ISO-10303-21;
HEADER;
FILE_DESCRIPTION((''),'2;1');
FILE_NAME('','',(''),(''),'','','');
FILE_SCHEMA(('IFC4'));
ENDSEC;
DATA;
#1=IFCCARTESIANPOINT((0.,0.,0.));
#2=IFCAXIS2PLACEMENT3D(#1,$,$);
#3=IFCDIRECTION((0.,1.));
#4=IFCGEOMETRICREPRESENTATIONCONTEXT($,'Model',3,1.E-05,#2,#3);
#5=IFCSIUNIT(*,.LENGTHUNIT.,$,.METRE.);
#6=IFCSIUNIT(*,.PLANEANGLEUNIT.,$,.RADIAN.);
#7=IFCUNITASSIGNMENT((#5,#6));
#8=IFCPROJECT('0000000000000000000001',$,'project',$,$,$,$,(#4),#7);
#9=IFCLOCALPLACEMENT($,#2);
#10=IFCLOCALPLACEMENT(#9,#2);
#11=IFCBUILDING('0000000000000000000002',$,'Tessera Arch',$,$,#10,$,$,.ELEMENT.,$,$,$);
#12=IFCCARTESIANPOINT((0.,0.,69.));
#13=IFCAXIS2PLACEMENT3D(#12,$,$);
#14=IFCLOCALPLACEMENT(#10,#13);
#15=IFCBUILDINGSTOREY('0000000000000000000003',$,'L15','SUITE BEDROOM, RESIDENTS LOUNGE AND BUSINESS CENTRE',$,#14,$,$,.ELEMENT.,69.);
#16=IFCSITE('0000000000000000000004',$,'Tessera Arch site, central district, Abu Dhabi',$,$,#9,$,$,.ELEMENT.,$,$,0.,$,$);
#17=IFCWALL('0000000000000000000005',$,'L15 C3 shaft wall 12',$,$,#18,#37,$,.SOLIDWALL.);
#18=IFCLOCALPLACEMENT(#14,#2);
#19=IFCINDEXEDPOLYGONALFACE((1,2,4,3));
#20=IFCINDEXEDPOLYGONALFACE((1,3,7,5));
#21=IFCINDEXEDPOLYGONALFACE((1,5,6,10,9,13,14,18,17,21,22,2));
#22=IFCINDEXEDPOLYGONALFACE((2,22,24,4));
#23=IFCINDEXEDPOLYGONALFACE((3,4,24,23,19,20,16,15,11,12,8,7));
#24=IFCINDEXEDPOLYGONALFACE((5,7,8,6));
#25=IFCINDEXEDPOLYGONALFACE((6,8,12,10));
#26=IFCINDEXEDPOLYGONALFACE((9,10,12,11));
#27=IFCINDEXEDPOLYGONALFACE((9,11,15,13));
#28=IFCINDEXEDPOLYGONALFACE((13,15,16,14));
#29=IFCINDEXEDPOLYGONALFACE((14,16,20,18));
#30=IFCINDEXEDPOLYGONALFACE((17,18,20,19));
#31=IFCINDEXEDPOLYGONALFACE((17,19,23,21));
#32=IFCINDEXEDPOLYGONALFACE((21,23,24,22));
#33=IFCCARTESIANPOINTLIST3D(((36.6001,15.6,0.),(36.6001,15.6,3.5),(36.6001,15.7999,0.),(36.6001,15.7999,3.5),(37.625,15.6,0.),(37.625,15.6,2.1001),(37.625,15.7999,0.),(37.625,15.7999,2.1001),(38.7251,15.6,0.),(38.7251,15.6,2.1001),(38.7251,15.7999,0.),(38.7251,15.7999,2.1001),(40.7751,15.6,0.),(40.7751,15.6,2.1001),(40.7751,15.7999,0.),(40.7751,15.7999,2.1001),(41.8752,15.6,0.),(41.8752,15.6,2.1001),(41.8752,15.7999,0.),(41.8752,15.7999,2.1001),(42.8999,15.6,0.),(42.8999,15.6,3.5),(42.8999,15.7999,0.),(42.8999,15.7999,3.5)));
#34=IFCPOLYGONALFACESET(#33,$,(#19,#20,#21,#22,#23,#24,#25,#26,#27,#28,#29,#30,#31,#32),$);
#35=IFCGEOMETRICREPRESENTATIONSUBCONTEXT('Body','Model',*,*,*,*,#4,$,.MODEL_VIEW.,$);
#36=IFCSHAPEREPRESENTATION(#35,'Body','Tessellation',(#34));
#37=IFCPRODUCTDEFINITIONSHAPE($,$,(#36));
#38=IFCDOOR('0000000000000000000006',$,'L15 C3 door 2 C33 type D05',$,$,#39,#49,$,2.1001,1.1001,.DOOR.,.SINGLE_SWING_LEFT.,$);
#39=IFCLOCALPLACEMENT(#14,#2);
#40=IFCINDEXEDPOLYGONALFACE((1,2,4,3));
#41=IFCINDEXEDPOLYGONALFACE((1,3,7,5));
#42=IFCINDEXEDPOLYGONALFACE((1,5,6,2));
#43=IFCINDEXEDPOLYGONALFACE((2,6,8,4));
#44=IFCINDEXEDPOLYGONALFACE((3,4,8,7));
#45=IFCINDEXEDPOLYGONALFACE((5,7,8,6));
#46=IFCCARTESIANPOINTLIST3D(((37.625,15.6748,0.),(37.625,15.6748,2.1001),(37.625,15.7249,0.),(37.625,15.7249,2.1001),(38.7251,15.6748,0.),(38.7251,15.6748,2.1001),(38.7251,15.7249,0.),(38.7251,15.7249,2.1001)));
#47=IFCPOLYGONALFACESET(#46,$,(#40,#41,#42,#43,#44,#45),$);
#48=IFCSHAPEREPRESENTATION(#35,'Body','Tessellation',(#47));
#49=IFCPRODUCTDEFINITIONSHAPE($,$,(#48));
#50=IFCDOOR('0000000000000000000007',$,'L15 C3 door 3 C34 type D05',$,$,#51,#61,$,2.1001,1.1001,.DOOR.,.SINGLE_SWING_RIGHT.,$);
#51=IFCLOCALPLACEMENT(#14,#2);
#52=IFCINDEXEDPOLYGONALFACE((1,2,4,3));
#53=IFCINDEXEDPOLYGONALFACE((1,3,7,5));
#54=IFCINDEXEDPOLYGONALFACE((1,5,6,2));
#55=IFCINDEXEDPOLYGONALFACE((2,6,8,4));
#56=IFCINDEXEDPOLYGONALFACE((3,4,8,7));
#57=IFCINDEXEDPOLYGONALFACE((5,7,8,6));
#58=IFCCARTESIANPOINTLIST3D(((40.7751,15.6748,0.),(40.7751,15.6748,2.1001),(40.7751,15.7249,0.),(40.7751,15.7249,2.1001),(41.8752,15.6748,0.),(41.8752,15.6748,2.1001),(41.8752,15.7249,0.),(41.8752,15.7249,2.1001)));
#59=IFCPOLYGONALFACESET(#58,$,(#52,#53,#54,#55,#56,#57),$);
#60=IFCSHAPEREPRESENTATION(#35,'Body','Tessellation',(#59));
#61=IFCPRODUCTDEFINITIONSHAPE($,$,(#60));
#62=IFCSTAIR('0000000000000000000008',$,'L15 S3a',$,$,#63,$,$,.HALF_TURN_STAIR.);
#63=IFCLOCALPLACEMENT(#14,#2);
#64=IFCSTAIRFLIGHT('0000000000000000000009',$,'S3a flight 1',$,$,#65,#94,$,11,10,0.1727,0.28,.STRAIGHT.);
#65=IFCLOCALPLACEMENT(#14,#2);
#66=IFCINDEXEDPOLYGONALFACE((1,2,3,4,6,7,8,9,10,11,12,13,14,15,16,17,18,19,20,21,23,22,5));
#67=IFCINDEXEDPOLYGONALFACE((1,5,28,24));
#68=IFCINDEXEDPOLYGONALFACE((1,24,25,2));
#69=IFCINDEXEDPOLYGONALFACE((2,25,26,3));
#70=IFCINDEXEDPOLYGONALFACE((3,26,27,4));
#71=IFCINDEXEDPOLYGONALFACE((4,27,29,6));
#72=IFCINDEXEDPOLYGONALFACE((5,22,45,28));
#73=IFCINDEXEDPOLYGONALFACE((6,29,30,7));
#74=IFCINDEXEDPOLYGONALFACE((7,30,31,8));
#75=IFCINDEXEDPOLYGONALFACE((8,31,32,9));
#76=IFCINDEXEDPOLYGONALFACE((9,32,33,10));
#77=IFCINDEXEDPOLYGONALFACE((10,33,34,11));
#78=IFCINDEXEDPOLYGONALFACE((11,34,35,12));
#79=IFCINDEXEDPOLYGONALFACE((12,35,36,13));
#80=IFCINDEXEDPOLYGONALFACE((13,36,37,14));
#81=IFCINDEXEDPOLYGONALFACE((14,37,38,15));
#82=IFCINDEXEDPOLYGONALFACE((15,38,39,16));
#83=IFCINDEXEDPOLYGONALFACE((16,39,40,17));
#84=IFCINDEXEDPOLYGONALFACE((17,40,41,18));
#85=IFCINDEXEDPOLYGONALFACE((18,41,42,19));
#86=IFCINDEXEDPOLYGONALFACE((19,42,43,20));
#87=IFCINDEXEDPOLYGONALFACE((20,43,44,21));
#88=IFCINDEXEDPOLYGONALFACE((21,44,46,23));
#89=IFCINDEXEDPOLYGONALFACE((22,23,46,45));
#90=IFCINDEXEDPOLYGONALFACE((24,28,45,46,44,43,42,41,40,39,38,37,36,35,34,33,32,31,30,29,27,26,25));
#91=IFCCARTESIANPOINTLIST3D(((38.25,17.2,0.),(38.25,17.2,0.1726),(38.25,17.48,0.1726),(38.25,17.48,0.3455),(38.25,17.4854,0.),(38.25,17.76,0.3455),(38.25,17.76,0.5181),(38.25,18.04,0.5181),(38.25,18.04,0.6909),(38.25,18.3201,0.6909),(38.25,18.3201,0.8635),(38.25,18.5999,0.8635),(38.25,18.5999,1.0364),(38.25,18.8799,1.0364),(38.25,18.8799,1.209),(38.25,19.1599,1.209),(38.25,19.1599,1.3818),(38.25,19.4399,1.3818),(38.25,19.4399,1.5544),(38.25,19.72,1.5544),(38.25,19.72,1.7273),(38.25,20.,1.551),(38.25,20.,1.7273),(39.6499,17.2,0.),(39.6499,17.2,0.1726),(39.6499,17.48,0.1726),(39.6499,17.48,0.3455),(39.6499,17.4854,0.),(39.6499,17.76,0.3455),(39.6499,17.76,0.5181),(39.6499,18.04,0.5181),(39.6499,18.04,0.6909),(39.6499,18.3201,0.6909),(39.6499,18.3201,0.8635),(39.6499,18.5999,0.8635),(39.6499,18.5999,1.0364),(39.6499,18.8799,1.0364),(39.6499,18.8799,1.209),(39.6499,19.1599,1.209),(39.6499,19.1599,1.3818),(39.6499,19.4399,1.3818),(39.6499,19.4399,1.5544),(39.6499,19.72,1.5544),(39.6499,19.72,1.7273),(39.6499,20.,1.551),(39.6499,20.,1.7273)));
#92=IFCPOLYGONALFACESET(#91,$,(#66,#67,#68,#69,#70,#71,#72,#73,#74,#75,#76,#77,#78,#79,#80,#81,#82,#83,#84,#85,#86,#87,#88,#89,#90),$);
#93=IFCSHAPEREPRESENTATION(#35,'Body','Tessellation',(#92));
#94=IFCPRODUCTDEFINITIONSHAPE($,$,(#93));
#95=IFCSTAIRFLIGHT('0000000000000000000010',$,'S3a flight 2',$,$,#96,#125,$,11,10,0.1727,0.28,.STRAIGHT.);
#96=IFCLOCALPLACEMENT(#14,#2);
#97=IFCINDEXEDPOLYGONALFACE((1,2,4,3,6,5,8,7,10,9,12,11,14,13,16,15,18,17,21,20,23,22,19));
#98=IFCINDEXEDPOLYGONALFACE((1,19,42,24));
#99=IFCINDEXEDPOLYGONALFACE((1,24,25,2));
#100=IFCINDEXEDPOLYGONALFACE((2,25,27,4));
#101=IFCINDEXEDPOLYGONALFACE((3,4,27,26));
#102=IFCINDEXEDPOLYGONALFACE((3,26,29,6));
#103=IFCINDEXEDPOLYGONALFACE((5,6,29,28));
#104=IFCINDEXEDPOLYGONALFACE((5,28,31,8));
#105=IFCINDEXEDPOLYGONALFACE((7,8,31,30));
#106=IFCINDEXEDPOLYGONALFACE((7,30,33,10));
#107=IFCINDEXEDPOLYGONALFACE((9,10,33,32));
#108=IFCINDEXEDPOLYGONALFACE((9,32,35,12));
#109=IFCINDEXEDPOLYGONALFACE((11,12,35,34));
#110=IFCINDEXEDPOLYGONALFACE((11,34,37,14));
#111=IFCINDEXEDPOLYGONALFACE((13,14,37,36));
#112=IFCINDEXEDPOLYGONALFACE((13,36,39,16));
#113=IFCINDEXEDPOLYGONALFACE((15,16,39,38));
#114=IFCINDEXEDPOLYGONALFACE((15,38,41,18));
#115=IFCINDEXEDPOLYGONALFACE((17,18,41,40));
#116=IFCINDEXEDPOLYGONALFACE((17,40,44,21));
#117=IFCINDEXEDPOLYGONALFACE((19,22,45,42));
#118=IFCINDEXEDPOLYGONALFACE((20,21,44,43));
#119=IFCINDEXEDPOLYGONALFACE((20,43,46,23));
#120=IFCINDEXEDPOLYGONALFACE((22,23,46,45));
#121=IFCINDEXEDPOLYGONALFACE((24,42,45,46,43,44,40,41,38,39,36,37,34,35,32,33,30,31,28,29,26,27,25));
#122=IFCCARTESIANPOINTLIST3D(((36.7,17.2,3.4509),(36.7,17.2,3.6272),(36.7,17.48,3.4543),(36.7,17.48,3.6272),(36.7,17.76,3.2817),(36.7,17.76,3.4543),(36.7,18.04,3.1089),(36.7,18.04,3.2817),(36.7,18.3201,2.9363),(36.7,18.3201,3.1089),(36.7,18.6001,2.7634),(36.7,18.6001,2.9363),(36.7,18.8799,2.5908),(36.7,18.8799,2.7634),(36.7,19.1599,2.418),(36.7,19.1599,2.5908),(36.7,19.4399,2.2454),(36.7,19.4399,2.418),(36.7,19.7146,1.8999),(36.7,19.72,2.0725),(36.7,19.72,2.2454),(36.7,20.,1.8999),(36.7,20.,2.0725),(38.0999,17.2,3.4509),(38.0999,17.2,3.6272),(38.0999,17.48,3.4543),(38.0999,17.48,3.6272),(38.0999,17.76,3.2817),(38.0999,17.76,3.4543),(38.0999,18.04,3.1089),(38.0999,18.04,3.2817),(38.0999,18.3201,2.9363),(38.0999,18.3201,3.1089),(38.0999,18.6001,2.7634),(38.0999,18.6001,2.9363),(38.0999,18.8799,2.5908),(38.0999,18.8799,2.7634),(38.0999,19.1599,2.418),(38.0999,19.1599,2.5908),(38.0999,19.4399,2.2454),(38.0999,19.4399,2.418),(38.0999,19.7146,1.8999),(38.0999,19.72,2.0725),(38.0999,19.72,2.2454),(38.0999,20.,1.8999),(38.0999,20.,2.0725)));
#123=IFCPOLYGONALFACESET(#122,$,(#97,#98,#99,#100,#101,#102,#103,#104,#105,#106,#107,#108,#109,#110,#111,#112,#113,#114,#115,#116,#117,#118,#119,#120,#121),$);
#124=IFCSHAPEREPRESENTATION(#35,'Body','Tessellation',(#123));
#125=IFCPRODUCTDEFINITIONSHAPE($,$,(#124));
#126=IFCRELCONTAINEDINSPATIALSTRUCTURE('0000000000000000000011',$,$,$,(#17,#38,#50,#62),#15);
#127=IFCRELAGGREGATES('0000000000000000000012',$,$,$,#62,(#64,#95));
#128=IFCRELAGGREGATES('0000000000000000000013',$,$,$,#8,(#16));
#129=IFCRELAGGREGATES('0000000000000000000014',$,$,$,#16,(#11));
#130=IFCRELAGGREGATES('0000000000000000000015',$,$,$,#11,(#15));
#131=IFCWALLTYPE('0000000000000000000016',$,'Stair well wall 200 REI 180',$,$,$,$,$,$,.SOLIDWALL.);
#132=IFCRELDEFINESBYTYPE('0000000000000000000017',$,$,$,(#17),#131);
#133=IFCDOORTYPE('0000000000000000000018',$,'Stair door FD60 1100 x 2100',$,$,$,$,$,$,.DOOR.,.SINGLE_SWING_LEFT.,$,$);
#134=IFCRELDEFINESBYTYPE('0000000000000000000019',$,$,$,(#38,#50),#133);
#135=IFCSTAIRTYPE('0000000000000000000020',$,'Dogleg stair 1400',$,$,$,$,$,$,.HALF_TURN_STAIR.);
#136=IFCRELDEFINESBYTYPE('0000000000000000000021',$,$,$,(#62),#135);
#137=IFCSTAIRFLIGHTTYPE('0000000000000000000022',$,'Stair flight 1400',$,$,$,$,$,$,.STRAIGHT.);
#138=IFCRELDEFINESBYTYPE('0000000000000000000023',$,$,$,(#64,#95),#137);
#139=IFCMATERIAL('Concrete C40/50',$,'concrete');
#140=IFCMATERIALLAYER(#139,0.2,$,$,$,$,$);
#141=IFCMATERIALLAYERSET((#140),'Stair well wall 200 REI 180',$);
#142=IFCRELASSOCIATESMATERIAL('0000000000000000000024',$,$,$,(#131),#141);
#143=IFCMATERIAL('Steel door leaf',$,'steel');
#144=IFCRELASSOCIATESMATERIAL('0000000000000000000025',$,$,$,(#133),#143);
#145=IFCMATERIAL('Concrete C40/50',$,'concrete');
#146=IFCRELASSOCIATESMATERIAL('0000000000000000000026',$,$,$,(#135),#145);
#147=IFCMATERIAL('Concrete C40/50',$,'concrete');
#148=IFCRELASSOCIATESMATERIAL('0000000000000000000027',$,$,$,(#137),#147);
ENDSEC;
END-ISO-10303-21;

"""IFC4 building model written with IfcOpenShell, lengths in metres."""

from ifc_helpers import new_model, si_unit, direction, frame, frame_2d, origin, place, context, subcontext, project, spatial, polyline, rectangle, outline, extrude, material, layer, layer_set, type_object, element, fill, aggregate, save


model = new_model("IFC4")

# Units and contexts
model_context = context("Model", 3, precision=1e-05, world=origin(), true_north=direction((0.0, 1.0)))
body_context = subcontext(model_context, "Body", "Model", "MODEL_VIEW")
ifc_project = project(units=[si_unit("LENGTHUNIT", "METRE"), si_unit("PLANEANGLEUNIT", "RADIAN")], contexts=[model_context])

# Site, building, storey
site_placement = place(None, origin())
site = spatial("IfcSite", under=ifc_project, at=site_placement, Name="Tessera Arch site, central district, Abu Dhabi", CompositionType="ELEMENT", RefElevation=0.0)
building_placement = place(site_placement, origin())
building = spatial("IfcBuilding", under=site, at=building_placement, Name="Tessera Arch", CompositionType="ELEMENT")
storey_placement = place(building_placement, frame((0.0, 0.0, 69.0)))
storey = spatial("IfcBuildingStorey", under=building, at=storey_placement, Name="L15", Description="SUITE BEDROOM, RESIDENTS LOUNGE AND BUSINESS CENTRE", CompositionType="ELEMENT", Elevation=69.0)

# Shared definitions
ifc_material_1 = material(Name="Concrete C40/50", Category="concrete")
ifc_layer_1 = layer(ifc_material_1, 0.2)
ifc_layer_set_1 = layer_set([ifc_layer_1], Name="Stair well wall 200 REI 180")
wall_type_1 = type_object("IfcWallType", Name="Stair well wall 200 REI 180", PredefinedType="SOLIDWALL", material=ifc_layer_set_1)

# Wall, openings, doors
wall_1_placement = place(storey_placement, frame((36.6001, 15.7, 0.0), z_axis=(0.0, 0.0, 1.0), x_axis=(1.0, 0.0, 0.0)))
wall_1 = element("IfcWall", 1, at=wall_1_placement, inside=storey, type_object=wall_type_1, Name="L15 C3 shaft wall 12", PredefinedType="SOLIDWALL", context=body_context, shape_type="SweptSolid", body=[
    extrude(rectangle(XDim=6.2998, YDim=0.2, at=frame_2d((3.1499, 0.0))), origin(), (0.0, 0.0, 1.0), 3.5),
])
opening_1_placement = place(wall_1_placement, frame((1.0249, 0.0, 0.0)))
opening_1 = element("IfcOpeningElement", 2, at=opening_1_placement, cuts=wall_1, PredefinedType="OPENING", context=body_context, shape_type="SweptSolid", body=[
    extrude(rectangle(XDim=1.1001, YDim=2.1001, at=frame_2d((0.55, 1.05))), frame((0.0, 0.1099, 0.0), z_axis=(0.0, -1.0, 0.0), x_axis=(1.0, 0.0, 0.0)), (0.0, 0.0, 1.0), 0.22),
])
opening_2_placement = place(wall_1_placement, frame((4.175, 0.0, 0.0)))
opening_2 = element("IfcOpeningElement", 3, at=opening_2_placement, cuts=wall_1, PredefinedType="OPENING", context=body_context, shape_type="SweptSolid", body=[
    extrude(rectangle(XDim=1.1001, YDim=2.1001, at=frame_2d((0.55, 1.05))), frame((0.0, 0.1099, 0.0), z_axis=(0.0, -1.0, 0.0), x_axis=(1.0, 0.0, 0.0)), (0.0, 0.0, 1.0), 0.22),
])
ifc_material_2 = material(Name="Steel door leaf", Category="steel")
door_type_1 = type_object("IfcDoorType", Name="Stair door FD60 1100 x 2100", OperationType="SINGLE_SWING_LEFT", PredefinedType="DOOR", material=ifc_material_2)
door_1_placement = place(opening_1_placement, origin())
door_1 = element("IfcDoor", 4, at=door_1_placement, inside=storey, type_object=door_type_1, Name="L15 C3 door 2 C33 type D05", OperationType="SINGLE_SWING_LEFT", OverallHeight=2.1001, OverallWidth=1.1001, PredefinedType="DOOR", context=body_context, shape_type="SweptSolid", body=[
    extrude(rectangle(XDim=1.1001, YDim=2.1001, at=frame_2d((0.55, 1.05))), frame((0.0, 0.0249, 0.0), z_axis=(0.0, -1.0, 0.0), x_axis=(1.0, 0.0, 0.0)), (0.0, 0.0, 1.0), 0.05),
])
fill(opening_1, door_1)
door_2_placement = place(opening_2_placement, origin())
door_2 = element("IfcDoor", 5, at=door_2_placement, inside=storey, type_object=door_type_1, Name="L15 C3 door 3 C34 type D05", OperationType="SINGLE_SWING_RIGHT", OverallHeight=2.1001, OverallWidth=1.1001, PredefinedType="DOOR", context=body_context, shape_type="SweptSolid", body=[
    extrude(rectangle(XDim=1.1001, YDim=2.1001, at=frame_2d((0.55, 1.05))), frame((0.0, 0.0249, 0.0), z_axis=(0.0, -1.0, 0.0), x_axis=(1.0, 0.0, 0.0)), (0.0, 0.0, 1.0), 0.05),
])
fill(opening_2, door_2)

# Stair, stair flights
ifc_material_3 = material(Name="Concrete C40/50", Category="concrete")
stair_type = type_object("IfcStairType", Name="Dogleg stair 1400", PredefinedType="HALF_TURN_STAIR", material=ifc_material_3)
stair_placement = place(storey_placement, origin())
stair = element("IfcStair", 6, at=stair_placement, inside=storey, type_object=stair_type, Name="L15 S3a", PredefinedType="HALF_TURN_STAIR")
ifc_material_4 = material(Name="Concrete C40/50", Category="concrete")
stair_flight_type = type_object("IfcStairFlightType", Name="Stair flight 1400", PredefinedType="STRAIGHT", material=ifc_material_4)
stair_flight_1_placement = place(storey_placement, frame((38.95, 17.2, 0.0), z_axis=(0.0, 0.0, 1.0), x_axis=(0.0, 1.0, 0.0)))
stair_flight_1 = element("IfcStairFlight", 7, at=stair_flight_1_placement, type_object=stair_flight_type, Name="S3a flight 1", NumberOfRisers=11, NumberOfTreads=10, PredefinedType="STRAIGHT", RiserHeight=0.1727, TreadLength=0.28, context=body_context, shape_type="SweptSolid", body=[
    extrude(outline(polyline([(0.0, 0.0), (0.0, 0.1726), (0.28, 0.1726), (0.28, 0.3455), (0.5601, 0.3455), (0.5601, 0.5181), (0.8401, 0.5181), (0.8401, 0.6909), (1.1201, 0.6909), (1.1201, 0.8635), (1.3999, 0.8635), (1.3999, 1.0364), (1.6799, 1.0364), (1.6799, 1.209), (1.96, 1.209), (1.96, 1.3818), (2.24, 1.3818), (2.24, 1.5544), (2.52, 1.5544), (2.52, 1.7273), (2.8, 1.7273), (2.8, 1.8999), (2.8, 1.551), (0.2854, 0.0), (0.0, 0.0)])), frame((0.0, 0.7, 0.0), z_axis=(0.0, -1.0, 0.0), x_axis=(1.0, 0.0, 0.0)), (0.0, 0.0, 1.0), 1.3999),
])
stair_flight_2_placement = place(storey_placement, frame((37.3999, 20.0, 1.8999), z_axis=(0.0, 0.0, 1.0), x_axis=(0.0, -1.0, 0.0)))
stair_flight_2 = element("IfcStairFlight", 8, at=stair_flight_2_placement, type_object=stair_flight_type, Name="S3a flight 2", NumberOfRisers=11, NumberOfTreads=10, PredefinedType="STRAIGHT", RiserHeight=0.1727, TreadLength=0.28, context=body_context, shape_type="SweptSolid", body=[
    extrude(outline(polyline([(0.0, 0.0), (0.0, 0.1726), (0.28, 0.1726), (0.28, 0.3455), (0.5601, 0.3455), (0.5601, 0.5181), (0.8401, 0.5181), (0.8401, 0.6909), (1.1201, 0.6909), (1.1201, 0.8635), (1.3999, 0.8635), (1.3999, 1.0364), (1.6799, 1.0364), (1.6799, 1.209), (1.96, 1.209), (1.96, 1.3818), (2.24, 1.3818), (2.24, 1.5544), (2.52, 1.5544), (2.52, 1.7273), (2.8, 1.7273), (2.8, 1.8999), (2.8, 1.551), (0.2854, 0.0), (0.0, 0.0)])), frame((0.0, 0.7, 0.0), z_axis=(0.0, -1.0, 0.0), x_axis=(1.0, 0.0, 0.0)), (0.0, 0.0, 1.0), 1.3999),
])
aggregate(stair, [stair_flight_1, stair_flight_2])

save(model, "model.ifc")
